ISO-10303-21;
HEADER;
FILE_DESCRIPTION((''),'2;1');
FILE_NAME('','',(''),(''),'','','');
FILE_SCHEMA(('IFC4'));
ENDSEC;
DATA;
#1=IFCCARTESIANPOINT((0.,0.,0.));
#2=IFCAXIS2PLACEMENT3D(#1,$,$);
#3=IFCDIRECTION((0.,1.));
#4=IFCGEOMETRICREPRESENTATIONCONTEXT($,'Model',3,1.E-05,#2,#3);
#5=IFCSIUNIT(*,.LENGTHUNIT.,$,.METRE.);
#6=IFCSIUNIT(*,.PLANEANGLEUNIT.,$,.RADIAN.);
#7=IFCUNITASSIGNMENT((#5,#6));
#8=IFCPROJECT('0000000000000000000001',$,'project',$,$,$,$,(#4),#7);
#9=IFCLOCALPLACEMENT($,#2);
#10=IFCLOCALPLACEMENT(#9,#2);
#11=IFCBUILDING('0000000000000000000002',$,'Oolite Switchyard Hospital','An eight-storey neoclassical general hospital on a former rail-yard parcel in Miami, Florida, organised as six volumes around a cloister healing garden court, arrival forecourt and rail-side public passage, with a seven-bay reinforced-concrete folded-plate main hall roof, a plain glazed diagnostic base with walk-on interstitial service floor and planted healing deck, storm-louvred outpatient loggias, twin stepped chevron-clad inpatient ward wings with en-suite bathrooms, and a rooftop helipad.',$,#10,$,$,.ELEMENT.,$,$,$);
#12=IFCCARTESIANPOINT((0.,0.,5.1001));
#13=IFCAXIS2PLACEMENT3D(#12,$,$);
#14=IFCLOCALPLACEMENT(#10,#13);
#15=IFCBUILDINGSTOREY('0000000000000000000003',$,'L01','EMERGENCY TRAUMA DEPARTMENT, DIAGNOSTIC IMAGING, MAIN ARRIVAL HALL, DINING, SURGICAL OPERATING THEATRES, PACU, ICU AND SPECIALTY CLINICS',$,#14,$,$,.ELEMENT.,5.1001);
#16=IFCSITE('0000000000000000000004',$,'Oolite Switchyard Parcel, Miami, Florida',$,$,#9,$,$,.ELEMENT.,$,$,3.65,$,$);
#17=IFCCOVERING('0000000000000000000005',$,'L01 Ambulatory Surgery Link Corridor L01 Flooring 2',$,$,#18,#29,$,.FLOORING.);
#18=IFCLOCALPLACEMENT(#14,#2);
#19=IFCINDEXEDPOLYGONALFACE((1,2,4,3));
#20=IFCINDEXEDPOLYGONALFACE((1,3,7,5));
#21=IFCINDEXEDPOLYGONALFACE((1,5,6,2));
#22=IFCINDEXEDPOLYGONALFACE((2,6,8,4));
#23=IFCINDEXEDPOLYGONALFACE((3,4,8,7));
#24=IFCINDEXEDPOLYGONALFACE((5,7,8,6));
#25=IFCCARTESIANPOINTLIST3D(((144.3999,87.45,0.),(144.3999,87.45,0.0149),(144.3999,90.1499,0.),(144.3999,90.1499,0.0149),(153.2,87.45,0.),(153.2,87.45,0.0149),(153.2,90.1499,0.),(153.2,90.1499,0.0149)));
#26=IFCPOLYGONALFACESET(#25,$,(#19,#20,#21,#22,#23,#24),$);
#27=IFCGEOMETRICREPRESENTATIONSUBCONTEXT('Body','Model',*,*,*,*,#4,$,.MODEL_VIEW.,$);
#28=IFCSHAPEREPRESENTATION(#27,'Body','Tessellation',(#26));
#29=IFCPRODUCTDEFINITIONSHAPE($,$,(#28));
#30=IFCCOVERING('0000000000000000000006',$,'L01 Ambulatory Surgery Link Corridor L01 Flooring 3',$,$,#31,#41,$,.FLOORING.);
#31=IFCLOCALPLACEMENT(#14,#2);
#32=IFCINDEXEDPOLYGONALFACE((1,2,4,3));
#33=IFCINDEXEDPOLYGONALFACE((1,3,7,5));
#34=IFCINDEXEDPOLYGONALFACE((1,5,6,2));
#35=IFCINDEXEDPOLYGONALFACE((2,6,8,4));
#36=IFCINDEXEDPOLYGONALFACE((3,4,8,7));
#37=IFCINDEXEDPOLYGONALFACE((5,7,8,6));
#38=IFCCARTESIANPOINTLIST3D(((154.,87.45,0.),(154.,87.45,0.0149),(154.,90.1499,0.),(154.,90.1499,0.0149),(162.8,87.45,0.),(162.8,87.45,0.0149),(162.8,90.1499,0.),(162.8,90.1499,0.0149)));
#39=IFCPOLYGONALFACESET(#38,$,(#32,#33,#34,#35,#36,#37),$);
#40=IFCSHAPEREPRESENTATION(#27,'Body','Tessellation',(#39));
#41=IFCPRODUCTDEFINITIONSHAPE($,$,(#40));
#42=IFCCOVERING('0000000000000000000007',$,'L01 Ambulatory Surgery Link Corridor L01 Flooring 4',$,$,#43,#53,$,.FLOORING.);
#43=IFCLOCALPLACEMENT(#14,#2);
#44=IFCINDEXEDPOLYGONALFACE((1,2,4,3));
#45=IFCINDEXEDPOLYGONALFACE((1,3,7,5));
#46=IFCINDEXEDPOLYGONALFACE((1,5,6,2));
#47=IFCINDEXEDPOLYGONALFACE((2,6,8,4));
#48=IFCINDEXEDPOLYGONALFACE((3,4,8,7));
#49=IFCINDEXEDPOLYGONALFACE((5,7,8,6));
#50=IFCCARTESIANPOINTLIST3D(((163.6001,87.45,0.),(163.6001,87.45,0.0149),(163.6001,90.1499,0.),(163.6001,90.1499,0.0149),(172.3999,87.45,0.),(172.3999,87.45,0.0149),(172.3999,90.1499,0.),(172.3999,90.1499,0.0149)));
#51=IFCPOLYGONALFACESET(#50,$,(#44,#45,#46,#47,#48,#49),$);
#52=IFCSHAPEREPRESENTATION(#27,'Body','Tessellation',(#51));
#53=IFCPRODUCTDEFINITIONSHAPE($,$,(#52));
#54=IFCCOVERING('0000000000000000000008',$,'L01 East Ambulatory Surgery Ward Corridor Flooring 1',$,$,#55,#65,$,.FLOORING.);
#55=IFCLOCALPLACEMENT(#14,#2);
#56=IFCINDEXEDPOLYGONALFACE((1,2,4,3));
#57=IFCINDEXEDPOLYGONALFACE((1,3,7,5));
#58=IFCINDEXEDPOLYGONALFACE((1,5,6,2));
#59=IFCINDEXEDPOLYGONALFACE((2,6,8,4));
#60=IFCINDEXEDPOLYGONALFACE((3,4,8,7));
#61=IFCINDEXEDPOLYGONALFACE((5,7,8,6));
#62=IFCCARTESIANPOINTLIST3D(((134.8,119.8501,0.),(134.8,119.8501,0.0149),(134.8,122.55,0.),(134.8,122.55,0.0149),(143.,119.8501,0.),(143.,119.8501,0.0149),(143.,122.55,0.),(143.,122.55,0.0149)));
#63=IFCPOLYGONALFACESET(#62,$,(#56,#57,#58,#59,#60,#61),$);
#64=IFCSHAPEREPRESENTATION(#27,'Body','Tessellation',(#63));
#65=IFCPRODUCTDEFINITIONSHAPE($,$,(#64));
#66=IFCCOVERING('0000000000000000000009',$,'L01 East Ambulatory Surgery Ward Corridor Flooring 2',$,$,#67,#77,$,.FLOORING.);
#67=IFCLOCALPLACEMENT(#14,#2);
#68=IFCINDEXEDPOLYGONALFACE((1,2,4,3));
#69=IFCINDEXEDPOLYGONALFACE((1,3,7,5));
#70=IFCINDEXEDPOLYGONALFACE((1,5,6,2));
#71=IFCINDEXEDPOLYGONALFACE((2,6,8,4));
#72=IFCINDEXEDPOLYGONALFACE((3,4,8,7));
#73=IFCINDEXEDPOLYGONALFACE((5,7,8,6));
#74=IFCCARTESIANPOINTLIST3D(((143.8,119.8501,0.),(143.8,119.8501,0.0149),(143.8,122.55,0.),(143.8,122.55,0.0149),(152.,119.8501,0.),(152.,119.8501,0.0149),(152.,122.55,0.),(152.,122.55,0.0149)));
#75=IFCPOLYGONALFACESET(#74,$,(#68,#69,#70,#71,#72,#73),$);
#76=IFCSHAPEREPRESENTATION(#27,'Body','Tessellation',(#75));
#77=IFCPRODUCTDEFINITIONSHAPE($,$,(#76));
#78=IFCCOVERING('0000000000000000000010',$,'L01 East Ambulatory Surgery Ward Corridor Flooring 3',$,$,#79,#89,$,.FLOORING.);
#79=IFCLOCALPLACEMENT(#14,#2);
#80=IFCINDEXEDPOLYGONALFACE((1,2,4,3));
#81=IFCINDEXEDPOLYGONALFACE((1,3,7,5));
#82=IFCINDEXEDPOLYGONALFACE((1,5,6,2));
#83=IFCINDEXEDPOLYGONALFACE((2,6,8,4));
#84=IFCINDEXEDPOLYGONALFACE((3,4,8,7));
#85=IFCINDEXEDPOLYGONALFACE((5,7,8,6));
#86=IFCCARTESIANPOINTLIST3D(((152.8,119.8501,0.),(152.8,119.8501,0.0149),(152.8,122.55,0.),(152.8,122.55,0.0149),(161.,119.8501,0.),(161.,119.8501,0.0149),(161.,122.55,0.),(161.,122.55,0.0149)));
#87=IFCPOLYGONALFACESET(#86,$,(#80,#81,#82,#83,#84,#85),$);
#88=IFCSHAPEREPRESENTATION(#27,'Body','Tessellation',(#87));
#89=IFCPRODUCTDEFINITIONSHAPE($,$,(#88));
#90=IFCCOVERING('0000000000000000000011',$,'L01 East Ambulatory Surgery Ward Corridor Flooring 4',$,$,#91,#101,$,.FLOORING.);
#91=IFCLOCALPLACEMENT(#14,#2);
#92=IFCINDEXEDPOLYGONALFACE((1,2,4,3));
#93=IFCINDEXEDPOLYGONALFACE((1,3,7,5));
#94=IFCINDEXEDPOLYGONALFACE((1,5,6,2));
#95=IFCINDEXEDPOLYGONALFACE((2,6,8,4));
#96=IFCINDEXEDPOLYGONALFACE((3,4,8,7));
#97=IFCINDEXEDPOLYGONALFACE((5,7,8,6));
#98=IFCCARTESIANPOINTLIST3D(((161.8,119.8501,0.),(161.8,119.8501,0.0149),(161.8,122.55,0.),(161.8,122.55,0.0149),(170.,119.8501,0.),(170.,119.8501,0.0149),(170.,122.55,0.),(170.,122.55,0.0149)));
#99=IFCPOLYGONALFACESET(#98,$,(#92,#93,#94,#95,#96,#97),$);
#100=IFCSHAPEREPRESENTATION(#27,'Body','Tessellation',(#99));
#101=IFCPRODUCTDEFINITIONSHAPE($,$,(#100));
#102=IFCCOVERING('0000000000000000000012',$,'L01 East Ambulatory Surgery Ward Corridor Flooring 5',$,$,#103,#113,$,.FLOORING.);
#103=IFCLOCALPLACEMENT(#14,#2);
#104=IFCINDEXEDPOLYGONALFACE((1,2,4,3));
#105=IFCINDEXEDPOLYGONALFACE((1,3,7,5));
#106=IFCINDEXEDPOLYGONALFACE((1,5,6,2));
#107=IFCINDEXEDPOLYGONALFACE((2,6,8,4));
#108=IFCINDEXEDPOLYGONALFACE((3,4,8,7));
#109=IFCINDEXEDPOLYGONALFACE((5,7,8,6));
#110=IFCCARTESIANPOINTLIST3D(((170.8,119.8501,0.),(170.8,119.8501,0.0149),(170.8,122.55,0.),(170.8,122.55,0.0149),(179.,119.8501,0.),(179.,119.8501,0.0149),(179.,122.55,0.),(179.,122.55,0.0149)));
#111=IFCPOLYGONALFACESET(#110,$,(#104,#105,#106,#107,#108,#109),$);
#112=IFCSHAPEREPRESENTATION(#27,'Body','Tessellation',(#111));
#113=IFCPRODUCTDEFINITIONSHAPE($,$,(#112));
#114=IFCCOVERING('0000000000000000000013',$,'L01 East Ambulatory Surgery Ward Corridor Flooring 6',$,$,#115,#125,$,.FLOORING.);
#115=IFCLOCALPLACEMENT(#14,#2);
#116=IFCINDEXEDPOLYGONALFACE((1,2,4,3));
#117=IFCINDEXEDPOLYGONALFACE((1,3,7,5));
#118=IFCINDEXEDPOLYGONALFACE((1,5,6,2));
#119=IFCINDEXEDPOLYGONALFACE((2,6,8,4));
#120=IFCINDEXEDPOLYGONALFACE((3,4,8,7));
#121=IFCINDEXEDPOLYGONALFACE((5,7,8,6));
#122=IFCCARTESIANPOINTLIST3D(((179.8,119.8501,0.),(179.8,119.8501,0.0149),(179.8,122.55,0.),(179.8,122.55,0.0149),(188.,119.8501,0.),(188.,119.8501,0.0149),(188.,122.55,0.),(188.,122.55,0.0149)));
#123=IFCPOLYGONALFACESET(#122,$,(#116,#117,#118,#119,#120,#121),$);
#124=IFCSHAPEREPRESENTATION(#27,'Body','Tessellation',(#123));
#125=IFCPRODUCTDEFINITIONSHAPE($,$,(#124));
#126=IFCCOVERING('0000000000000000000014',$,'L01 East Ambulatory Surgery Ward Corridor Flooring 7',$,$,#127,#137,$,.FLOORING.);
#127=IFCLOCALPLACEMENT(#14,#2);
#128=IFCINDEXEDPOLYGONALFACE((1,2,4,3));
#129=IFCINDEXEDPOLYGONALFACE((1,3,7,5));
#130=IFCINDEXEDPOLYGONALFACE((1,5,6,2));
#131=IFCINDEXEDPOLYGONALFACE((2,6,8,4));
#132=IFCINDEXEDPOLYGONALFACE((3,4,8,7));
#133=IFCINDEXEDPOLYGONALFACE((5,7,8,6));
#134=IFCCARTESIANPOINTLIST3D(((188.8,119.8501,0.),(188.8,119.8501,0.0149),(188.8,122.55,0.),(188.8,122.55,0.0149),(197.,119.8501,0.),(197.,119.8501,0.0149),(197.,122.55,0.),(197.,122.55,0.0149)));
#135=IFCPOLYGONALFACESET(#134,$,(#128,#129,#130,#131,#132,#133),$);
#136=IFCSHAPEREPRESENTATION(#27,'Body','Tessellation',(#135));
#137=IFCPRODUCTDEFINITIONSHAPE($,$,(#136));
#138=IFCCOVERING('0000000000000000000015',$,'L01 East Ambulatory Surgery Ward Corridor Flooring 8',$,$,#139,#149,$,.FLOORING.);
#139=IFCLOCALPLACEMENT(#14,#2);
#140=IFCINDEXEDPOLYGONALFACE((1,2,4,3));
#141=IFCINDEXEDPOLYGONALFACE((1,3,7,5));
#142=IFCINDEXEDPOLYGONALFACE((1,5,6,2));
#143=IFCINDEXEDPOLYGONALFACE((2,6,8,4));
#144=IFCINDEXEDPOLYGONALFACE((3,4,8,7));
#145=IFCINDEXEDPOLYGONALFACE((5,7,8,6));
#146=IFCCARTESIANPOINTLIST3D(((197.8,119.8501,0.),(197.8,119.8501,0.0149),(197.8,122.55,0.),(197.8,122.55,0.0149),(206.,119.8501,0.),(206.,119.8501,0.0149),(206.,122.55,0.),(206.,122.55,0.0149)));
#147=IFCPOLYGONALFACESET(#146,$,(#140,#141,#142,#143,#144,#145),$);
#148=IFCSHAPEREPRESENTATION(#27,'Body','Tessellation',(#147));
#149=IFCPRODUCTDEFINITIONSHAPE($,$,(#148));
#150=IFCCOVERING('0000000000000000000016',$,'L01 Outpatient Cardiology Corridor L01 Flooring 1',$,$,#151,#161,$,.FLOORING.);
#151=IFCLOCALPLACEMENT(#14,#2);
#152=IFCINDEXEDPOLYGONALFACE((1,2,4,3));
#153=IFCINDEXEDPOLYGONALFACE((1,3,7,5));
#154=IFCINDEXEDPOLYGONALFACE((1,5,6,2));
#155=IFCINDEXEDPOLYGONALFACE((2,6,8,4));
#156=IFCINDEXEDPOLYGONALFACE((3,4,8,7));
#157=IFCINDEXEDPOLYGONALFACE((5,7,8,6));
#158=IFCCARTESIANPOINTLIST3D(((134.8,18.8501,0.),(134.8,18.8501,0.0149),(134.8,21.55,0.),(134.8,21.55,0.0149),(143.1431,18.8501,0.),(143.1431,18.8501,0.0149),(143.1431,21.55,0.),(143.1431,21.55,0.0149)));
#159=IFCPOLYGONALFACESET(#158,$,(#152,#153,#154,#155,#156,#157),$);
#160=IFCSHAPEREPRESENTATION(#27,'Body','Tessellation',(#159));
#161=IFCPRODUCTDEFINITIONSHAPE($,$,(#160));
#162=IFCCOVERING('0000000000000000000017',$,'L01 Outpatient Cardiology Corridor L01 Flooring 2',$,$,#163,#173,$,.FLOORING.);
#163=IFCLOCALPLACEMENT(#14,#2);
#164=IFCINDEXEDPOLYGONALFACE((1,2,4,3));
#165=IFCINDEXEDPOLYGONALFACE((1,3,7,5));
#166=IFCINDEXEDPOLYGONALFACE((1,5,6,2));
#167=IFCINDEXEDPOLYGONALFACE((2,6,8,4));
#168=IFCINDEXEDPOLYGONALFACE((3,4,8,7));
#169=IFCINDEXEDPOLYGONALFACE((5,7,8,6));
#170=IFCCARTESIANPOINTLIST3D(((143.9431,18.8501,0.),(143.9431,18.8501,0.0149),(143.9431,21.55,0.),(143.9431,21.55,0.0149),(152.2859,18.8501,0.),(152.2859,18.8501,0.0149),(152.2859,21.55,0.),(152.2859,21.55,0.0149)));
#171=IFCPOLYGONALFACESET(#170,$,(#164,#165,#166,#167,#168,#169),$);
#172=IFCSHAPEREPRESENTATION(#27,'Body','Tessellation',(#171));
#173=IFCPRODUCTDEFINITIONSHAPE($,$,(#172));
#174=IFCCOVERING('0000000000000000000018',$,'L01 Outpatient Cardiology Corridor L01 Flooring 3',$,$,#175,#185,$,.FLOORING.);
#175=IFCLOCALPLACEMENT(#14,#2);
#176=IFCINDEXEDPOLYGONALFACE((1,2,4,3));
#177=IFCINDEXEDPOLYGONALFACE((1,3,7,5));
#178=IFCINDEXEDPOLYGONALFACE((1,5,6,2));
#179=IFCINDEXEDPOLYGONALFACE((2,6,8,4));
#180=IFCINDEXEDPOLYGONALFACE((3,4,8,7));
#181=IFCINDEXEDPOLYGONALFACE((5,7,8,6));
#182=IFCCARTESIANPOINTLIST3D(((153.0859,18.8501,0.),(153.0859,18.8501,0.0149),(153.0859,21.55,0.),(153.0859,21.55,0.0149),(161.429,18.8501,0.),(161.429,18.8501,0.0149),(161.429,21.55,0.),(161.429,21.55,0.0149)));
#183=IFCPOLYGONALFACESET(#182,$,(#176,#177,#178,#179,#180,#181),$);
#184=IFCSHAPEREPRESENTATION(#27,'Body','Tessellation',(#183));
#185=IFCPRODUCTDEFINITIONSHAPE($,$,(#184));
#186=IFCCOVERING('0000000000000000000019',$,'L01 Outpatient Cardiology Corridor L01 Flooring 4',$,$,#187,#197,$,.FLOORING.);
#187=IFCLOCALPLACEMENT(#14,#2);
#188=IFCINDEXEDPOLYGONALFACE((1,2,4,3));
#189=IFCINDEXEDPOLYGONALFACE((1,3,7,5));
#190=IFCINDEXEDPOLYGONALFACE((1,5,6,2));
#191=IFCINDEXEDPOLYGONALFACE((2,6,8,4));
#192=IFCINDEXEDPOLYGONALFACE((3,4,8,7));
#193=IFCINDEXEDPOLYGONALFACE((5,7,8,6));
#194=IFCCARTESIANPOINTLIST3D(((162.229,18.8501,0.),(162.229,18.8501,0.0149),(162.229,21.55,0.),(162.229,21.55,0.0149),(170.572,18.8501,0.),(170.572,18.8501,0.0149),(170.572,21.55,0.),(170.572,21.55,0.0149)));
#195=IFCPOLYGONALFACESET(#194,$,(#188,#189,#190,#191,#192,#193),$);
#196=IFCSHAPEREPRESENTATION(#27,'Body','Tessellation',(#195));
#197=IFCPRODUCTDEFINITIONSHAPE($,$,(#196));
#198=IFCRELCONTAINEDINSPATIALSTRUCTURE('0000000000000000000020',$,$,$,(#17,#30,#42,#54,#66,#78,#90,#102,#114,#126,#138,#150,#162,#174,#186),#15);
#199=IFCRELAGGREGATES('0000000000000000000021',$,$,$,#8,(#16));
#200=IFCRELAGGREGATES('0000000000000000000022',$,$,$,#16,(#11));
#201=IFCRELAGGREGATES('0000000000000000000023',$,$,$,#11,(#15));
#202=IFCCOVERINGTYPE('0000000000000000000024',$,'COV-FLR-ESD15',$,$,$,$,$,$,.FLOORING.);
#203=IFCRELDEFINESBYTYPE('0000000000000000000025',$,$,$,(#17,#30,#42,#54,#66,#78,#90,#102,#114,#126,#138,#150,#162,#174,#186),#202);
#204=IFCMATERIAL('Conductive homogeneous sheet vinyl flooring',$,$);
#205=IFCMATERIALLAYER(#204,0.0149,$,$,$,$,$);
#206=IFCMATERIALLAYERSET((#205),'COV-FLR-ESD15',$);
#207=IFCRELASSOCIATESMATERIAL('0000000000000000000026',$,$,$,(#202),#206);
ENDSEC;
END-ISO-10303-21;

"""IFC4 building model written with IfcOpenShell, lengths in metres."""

from ifc_helpers import new_model, si_unit, direction, frame, origin, place, context, subcontext, project, spatial, polyline, outline, extrude, material, layer, layer_set, type_object, element, save


model = new_model("IFC4")

# Units and contexts
model_context = context("Model", 3, precision=1e-05, world=origin(), true_north=direction((0.0, 1.0)))
body_context = subcontext(model_context, "Body", "Model", "MODEL_VIEW")
ifc_project = project(units=[si_unit("LENGTHUNIT", "METRE"), si_unit("PLANEANGLEUNIT", "RADIAN")], contexts=[model_context])

# Site, building, storey
site_placement = place(None, origin())
site = spatial("IfcSite", under=ifc_project, at=site_placement, Name="Oolite Switchyard Parcel, Miami, Florida", CompositionType="ELEMENT", RefElevation=3.65)
building_placement = place(site_placement, origin())
building = spatial("IfcBuilding", under=site, at=building_placement, Name="Oolite Switchyard Hospital", Description="An eight-storey neoclassical general hospital on a former rail-yard parcel in Miami, Florida, organised as six volumes around a cloister healing garden court, arrival forecourt and rail-side public passage, with a seven-bay reinforced-concrete folded-plate main hall roof, a plain glazed diagnostic base with walk-on interstitial service floor and planted healing deck, storm-louvred outpatient loggias, twin stepped chevron-clad inpatient ward wings with en-suite bathrooms, and a rooftop helipad.", CompositionType="ELEMENT")
storey_placement = place(building_placement, frame((0.0, 0.0, 5.1001)))
storey = spatial("IfcBuildingStorey", under=building, at=storey_placement, Name="L01", Description="EMERGENCY TRAUMA DEPARTMENT, DIAGNOSTIC IMAGING, MAIN ARRIVAL HALL, DINING, SURGICAL OPERATING THEATRES, PACU, ICU AND SPECIALTY CLINICS", CompositionType="ELEMENT", Elevation=5.1001)

# Coverings
ifc_material_1 = material(Name="Conductive homogeneous sheet vinyl flooring")
ifc_layer_1 = layer(ifc_material_1, 0.0149)
ifc_layer_set_1 = layer_set([ifc_layer_1], Name="COV-FLR-ESD15")
covering_type_1 = type_object("IfcCoveringType", Name="COV-FLR-ESD15", PredefinedType="FLOORING", material=ifc_layer_set_1)
covering_1_placement = place(storey_placement, origin())
element("IfcCovering", 1, at=covering_1_placement, inside=storey, type_object=covering_type_1, Name="L01 Ambulatory Surgery Link Corridor L01 Flooring 2", PredefinedType="FLOORING", context=body_context, shape_type="SweptSolid", body=[
    extrude(outline(polyline([(144.3999, 87.45), (153.2, 87.45), (153.2, 90.1499), (144.3999, 90.1499), (144.3999, 87.45)])), origin(), (0.0, 0.0, 1.0), 0.0149),
])
covering_2_placement = place(storey_placement, origin())
element("IfcCovering", 2, at=covering_2_placement, inside=storey, type_object=covering_type_1, Name="L01 Ambulatory Surgery Link Corridor L01 Flooring 3", PredefinedType="FLOORING", context=body_context, shape_type="SweptSolid", body=[
    extrude(outline(polyline([(154.0, 87.45), (162.8, 87.45), (162.8, 90.1499), (154.0, 90.1499), (154.0, 87.45)])), origin(), (0.0, 0.0, 1.0), 0.0149),
])
covering_3_placement = place(storey_placement, origin())
element("IfcCovering", 3, at=covering_3_placement, inside=storey, type_object=covering_type_1, Name="L01 Ambulatory Surgery Link Corridor L01 Flooring 4", PredefinedType="FLOORING", context=body_context, shape_type="SweptSolid", body=[
    extrude(outline(polyline([(163.6001, 87.45), (172.3999, 87.45), (172.3999, 90.1499), (163.6001, 90.1499), (163.6001, 87.45)])), origin(), (0.0, 0.0, 1.0), 0.0149),
])
covering_4_placement = place(storey_placement, origin())
element("IfcCovering", 4, at=covering_4_placement, inside=storey, type_object=covering_type_1, Name="L01 East Ambulatory Surgery Ward Corridor Flooring 1", PredefinedType="FLOORING", context=body_context, shape_type="SweptSolid", body=[
    extrude(outline(polyline([(134.8, 119.8501), (143.0, 119.8501), (143.0, 122.55), (134.8, 122.55), (134.8, 119.8501)])), origin(), (0.0, 0.0, 1.0), 0.0149),
])
covering_5_placement = place(storey_placement, origin())
element("IfcCovering", 5, at=covering_5_placement, inside=storey, type_object=covering_type_1, Name="L01 East Ambulatory Surgery Ward Corridor Flooring 2", PredefinedType="FLOORING", context=body_context, shape_type="SweptSolid", body=[
    extrude(outline(polyline([(143.8, 119.8501), (152.0, 119.8501), (152.0, 122.55), (143.8, 122.55), (143.8, 119.8501)])), origin(), (0.0, 0.0, 1.0), 0.0149),
])
covering_6_placement = place(storey_placement, origin())
element("IfcCovering", 6, at=covering_6_placement, inside=storey, type_object=covering_type_1, Name="L01 East Ambulatory Surgery Ward Corridor Flooring 3", PredefinedType="FLOORING", context=body_context, shape_type="SweptSolid", body=[
    extrude(outline(polyline([(152.8, 119.8501), (161.0, 119.8501), (161.0, 122.55), (152.8, 122.55), (152.8, 119.8501)])), origin(), (0.0, 0.0, 1.0), 0.0149),
])
covering_7_placement = place(storey_placement, origin())
element("IfcCovering", 7, at=covering_7_placement, inside=storey, type_object=covering_type_1, Name="L01 East Ambulatory Surgery Ward Corridor Flooring 4", PredefinedType="FLOORING", context=body_context, shape_type="SweptSolid", body=[
    extrude(outline(polyline([(161.8, 119.8501), (170.0, 119.8501), (170.0, 122.55), (161.8, 122.55), (161.8, 119.8501)])), origin(), (0.0, 0.0, 1.0), 0.0149),
])
covering_8_placement = place(storey_placement, origin())
element("IfcCovering", 8, at=covering_8_placement, inside=storey, type_object=covering_type_1, Name="L01 East Ambulatory Surgery Ward Corridor Flooring 5", PredefinedType="FLOORING", context=body_context, shape_type="SweptSolid", body=[
    extrude(outline(polyline([(170.8, 119.8501), (179.0, 119.8501), (179.0, 122.55), (170.8, 122.55), (170.8, 119.8501)])), origin(), (0.0, 0.0, 1.0), 0.0149),
])
covering_9_placement = place(storey_placement, origin())
element("IfcCovering", 9, at=covering_9_placement, inside=storey, type_object=covering_type_1, Name="L01 East Ambulatory Surgery Ward Corridor Flooring 6", PredefinedType="FLOORING", context=body_context, shape_type="SweptSolid", body=[
    extrude(outline(polyline([(179.8, 119.8501), (188.0, 119.8501), (188.0, 122.55), (179.8, 122.55), (179.8, 119.8501)])), origin(), (0.0, 0.0, 1.0), 0.0149),
])
covering_10_placement = place(storey_placement, origin())
element("IfcCovering", 10, at=covering_10_placement, inside=storey, type_object=covering_type_1, Name="L01 East Ambulatory Surgery Ward Corridor Flooring 7", PredefinedType="FLOORING", context=body_context, shape_type="SweptSolid", body=[
    extrude(outline(polyline([(188.8, 119.8501), (197.0, 119.8501), (197.0, 122.55), (188.8, 122.55), (188.8, 119.8501)])), origin(), (0.0, 0.0, 1.0), 0.0149),
])
covering_11_placement = place(storey_placement, origin())
element("IfcCovering", 11, at=covering_11_placement, inside=storey, type_object=covering_type_1, Name="L01 East Ambulatory Surgery Ward Corridor Flooring 8", PredefinedType="FLOORING", context=body_context, shape_type="SweptSolid", body=[
    extrude(outline(polyline([(197.8, 119.8501), (206.0, 119.8501), (206.0, 122.55), (197.8, 122.55), (197.8, 119.8501)])), origin(), (0.0, 0.0, 1.0), 0.0149),
])
covering_12_placement = place(storey_placement, origin())
element("IfcCovering", 12, at=covering_12_placement, inside=storey, type_object=covering_type_1, Name="L01 Outpatient Cardiology Corridor L01 Flooring 1", PredefinedType="FLOORING", context=body_context, shape_type="SweptSolid", body=[
    extrude(outline(polyline([(134.8, 18.8501), (143.1431, 18.8501), (143.1431, 21.55), (134.8, 21.55), (134.8, 18.8501)])), origin(), (0.0, 0.0, 1.0), 0.0149),
])
covering_13_placement = place(storey_placement, origin())
element("IfcCovering", 13, at=covering_13_placement, inside=storey, type_object=covering_type_1, Name="L01 Outpatient Cardiology Corridor L01 Flooring 2", PredefinedType="FLOORING", context=body_context, shape_type="SweptSolid", body=[
    extrude(outline(polyline([(143.9431, 18.8501), (152.2859, 18.8501), (152.2859, 21.55), (143.9431, 21.55), (143.9431, 18.8501)])), origin(), (0.0, 0.0, 1.0), 0.0149),
])
covering_14_placement = place(storey_placement, origin())
element("IfcCovering", 14, at=covering_14_placement, inside=storey, type_object=covering_type_1, Name="L01 Outpatient Cardiology Corridor L01 Flooring 3", PredefinedType="FLOORING", context=body_context, shape_type="SweptSolid", body=[
    extrude(outline(polyline([(153.0859, 18.8501), (161.429, 18.8501), (161.429, 21.55), (153.0859, 21.55), (153.0859, 18.8501)])), origin(), (0.0, 0.0, 1.0), 0.0149),
])
covering_15_placement = place(storey_placement, origin())
element("IfcCovering", 15, at=covering_15_placement, inside=storey, type_object=covering_type_1, Name="L01 Outpatient Cardiology Corridor L01 Flooring 4", PredefinedType="FLOORING", context=body_context, shape_type="SweptSolid", body=[
    extrude(outline(polyline([(162.229, 18.8501), (170.572, 18.8501), (170.572, 21.55), (162.229, 21.55), (162.229, 18.8501)])), origin(), (0.0, 0.0, 1.0), 0.0149),
])

save(model, "model.ifc")
